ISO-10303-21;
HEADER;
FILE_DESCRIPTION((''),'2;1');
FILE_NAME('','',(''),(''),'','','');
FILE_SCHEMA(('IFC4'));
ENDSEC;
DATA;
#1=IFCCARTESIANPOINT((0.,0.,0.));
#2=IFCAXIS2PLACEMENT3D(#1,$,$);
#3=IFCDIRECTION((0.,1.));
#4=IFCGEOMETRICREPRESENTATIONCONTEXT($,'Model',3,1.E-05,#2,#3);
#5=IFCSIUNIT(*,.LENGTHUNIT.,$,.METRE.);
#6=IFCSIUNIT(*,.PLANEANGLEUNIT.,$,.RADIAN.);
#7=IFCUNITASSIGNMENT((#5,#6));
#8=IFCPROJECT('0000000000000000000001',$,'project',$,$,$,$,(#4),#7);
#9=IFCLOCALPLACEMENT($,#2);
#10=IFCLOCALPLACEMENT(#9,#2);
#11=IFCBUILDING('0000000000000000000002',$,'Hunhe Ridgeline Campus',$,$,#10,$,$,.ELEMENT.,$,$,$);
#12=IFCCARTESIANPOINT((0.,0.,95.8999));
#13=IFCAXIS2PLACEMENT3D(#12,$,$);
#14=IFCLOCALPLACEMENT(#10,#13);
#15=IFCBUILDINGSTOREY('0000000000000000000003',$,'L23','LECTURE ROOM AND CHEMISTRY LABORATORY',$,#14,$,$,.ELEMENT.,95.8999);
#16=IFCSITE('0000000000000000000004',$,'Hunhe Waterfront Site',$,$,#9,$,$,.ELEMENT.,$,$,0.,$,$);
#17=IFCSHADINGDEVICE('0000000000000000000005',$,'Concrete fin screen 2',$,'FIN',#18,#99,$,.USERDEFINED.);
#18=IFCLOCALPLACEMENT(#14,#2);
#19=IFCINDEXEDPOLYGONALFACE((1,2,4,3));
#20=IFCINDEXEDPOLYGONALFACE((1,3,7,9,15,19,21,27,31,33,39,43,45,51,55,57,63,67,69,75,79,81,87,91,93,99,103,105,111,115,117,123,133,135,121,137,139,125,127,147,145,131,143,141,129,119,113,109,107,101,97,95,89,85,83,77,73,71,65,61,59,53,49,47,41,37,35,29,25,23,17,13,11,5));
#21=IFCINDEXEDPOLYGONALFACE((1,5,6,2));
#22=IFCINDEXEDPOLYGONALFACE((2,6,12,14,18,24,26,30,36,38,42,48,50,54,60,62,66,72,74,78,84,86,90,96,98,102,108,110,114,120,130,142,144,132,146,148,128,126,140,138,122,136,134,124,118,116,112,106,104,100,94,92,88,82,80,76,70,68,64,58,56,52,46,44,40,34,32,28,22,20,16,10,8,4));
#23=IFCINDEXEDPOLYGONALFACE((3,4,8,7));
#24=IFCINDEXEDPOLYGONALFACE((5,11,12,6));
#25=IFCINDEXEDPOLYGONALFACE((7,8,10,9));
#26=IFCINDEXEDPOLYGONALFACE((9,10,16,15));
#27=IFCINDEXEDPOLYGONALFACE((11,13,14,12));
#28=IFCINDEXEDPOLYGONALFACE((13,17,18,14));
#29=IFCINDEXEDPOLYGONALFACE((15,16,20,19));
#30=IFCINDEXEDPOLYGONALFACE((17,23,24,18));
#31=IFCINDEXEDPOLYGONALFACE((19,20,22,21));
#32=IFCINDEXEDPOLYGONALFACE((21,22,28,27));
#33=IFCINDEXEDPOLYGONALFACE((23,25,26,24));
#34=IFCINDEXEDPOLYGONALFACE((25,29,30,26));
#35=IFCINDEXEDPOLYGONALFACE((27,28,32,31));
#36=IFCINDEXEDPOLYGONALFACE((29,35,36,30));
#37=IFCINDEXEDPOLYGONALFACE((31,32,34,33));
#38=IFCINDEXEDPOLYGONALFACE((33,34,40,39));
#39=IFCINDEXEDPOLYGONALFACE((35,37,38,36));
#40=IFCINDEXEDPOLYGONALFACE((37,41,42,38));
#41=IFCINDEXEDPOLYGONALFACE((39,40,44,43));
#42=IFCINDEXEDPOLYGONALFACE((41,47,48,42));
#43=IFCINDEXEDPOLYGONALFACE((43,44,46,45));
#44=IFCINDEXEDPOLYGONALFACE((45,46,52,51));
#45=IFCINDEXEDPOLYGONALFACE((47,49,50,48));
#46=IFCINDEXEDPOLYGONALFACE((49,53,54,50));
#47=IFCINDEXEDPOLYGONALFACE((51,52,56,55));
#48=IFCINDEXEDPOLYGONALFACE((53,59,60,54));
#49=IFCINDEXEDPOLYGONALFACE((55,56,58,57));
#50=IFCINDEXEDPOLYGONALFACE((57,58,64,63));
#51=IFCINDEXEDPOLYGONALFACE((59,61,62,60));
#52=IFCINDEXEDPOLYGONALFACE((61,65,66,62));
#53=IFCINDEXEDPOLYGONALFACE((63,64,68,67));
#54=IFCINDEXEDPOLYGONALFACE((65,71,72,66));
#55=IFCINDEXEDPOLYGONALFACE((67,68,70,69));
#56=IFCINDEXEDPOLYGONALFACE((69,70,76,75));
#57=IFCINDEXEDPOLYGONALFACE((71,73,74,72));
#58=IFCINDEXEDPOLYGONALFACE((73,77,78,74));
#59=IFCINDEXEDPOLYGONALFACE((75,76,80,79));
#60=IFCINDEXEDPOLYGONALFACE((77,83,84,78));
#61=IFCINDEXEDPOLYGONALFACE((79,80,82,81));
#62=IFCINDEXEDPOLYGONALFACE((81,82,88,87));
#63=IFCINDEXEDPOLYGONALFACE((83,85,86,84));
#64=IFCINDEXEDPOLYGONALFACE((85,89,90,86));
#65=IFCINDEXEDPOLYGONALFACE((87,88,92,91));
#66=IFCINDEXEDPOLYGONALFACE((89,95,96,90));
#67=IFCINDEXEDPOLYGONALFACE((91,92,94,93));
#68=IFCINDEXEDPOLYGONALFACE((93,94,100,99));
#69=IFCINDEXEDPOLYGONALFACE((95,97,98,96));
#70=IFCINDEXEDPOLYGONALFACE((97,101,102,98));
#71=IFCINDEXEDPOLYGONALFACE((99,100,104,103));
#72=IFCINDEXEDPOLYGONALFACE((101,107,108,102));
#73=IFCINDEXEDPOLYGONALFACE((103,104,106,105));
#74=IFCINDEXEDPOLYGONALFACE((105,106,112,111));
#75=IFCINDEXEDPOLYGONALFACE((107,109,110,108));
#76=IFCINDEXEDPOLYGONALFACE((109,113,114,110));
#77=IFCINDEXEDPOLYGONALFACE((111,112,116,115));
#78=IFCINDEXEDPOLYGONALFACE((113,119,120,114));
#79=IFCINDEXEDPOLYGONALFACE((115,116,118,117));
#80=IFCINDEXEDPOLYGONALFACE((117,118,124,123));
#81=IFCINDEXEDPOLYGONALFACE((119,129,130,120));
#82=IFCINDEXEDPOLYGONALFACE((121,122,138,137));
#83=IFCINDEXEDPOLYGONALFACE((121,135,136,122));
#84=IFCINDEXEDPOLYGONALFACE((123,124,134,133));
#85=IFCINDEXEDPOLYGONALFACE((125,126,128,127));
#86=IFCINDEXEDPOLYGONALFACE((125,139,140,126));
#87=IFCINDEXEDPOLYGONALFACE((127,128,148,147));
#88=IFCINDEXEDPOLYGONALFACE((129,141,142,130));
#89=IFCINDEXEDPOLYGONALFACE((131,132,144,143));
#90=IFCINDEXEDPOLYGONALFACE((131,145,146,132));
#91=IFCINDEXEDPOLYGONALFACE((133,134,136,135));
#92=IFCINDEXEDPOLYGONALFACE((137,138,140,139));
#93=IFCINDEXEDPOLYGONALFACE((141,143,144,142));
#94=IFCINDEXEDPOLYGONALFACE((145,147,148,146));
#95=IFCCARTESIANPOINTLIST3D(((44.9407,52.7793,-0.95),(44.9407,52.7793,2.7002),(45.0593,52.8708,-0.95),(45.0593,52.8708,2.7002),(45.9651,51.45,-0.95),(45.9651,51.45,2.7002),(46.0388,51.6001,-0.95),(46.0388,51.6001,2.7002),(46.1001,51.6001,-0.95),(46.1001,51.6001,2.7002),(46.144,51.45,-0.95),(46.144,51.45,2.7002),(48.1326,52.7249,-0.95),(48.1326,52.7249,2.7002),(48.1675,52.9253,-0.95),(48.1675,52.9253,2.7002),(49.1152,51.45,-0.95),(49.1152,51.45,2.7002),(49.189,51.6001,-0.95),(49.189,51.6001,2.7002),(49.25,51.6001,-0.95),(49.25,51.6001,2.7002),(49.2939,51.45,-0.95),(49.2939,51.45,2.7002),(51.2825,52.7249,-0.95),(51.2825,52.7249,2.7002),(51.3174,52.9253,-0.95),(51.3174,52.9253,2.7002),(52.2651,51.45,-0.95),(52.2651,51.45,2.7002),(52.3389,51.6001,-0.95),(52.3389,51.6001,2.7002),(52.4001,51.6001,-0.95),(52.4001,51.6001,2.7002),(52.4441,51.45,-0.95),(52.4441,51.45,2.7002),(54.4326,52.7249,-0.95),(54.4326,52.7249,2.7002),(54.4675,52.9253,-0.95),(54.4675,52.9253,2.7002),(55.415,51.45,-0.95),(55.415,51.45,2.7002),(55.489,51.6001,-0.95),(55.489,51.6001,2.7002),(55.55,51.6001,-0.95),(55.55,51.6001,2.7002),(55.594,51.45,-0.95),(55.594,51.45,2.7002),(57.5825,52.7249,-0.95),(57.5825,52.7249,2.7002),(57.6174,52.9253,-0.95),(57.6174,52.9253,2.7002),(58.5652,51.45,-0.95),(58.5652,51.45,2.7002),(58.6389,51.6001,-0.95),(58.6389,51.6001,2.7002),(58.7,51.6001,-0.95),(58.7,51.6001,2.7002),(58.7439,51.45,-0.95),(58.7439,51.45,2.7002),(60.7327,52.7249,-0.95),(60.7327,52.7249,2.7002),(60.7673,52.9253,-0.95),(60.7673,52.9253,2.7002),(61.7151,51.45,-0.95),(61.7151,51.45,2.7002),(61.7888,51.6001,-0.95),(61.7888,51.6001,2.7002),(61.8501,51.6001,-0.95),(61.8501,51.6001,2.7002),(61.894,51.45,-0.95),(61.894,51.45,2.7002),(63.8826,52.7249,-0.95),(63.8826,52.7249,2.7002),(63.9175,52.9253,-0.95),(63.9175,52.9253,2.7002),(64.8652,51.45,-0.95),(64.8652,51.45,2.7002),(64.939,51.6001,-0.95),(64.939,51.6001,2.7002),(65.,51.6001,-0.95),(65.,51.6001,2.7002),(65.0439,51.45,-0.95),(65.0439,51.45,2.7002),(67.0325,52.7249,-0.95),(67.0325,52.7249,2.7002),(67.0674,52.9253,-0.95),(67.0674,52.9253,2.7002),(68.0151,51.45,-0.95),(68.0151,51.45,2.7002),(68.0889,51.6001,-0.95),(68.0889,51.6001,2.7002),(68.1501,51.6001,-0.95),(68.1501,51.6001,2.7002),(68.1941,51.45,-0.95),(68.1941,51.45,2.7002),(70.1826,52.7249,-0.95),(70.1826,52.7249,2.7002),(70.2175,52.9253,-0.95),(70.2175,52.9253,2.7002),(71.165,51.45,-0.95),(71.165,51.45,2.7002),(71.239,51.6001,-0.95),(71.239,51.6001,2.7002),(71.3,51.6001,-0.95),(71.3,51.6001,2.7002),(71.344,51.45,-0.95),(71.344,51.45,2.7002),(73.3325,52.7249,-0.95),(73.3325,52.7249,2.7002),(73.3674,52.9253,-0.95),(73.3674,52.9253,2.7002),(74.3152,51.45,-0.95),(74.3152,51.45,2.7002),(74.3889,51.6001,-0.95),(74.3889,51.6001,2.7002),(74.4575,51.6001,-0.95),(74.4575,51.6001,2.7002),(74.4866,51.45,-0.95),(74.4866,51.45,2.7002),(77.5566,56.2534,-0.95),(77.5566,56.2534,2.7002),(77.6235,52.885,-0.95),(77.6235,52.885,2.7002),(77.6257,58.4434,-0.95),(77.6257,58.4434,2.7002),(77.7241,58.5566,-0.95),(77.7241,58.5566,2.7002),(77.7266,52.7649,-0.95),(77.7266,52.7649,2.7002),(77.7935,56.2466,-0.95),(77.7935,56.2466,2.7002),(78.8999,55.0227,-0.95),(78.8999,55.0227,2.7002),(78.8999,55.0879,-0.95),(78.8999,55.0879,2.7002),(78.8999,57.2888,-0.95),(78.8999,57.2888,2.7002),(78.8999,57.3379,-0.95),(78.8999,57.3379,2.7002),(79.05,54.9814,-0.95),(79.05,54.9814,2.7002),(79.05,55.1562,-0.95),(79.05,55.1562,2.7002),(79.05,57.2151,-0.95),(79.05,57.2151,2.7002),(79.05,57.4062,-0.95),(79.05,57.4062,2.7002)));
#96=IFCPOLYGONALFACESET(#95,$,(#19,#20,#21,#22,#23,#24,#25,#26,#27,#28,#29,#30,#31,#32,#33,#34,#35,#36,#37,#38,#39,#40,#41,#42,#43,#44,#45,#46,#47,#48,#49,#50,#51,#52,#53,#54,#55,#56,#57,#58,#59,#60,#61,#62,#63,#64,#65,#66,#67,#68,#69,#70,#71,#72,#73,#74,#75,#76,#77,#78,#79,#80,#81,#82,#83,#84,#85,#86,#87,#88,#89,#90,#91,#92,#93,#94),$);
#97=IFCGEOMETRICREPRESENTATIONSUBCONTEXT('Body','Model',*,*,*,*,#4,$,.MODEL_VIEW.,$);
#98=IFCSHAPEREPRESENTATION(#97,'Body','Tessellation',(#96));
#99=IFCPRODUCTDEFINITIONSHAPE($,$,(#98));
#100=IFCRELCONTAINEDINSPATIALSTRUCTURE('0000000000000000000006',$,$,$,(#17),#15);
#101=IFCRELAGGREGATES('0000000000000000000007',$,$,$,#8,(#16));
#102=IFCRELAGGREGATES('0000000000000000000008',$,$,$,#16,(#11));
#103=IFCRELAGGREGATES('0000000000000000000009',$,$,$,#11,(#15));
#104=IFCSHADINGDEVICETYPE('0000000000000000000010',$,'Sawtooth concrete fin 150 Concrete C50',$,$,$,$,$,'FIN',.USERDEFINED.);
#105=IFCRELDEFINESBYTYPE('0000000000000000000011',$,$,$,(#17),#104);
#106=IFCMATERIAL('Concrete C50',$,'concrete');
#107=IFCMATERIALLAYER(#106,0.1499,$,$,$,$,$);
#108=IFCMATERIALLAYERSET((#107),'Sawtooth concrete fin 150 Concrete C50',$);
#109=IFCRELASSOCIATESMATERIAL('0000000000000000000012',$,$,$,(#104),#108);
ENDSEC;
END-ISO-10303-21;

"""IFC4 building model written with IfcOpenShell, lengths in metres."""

from ifc_helpers import new_model, si_unit, direction, frame, origin, place, context, subcontext, project, spatial, polyline, outline, extrude, material, layer, layer_set, type_object, element, save


model = new_model("IFC4")

# Units and contexts
model_context = context("Model", 3, precision=1e-05, world=origin(), true_north=direction((0.0, 1.0)))
body_context = subcontext(model_context, "Body", "Model", "MODEL_VIEW")
ifc_project = project(units=[si_unit("LENGTHUNIT", "METRE"), si_unit("PLANEANGLEUNIT", "RADIAN")], contexts=[model_context])

# Site, building, storey
site_placement = place(None, origin())
site = spatial("IfcSite", under=ifc_project, at=site_placement, Name="Hunhe Waterfront Site", CompositionType="ELEMENT", RefElevation=0.0)
building_placement = place(site_placement, origin())
building = spatial("IfcBuilding", under=site, at=building_placement, Name="Hunhe Ridgeline Campus", CompositionType="ELEMENT")
storey_placement = place(building_placement, frame((0.0, 0.0, 95.8999)))
storey = spatial("IfcBuildingStorey", under=building, at=storey_placement, Name="L23", Description="LECTURE ROOM AND CHEMISTRY LABORATORY", CompositionType="ELEMENT", Elevation=95.8999)

# Shading device
ifc_material_1 = material(Name="Concrete C50", Category="concrete")
ifc_layer_1 = layer(ifc_material_1, 0.1499)
ifc_layer_set_1 = layer_set([ifc_layer_1], Name="Sawtooth concrete fin 150 Concrete C50")
shading_device_type = type_object("IfcShadingDeviceType", Name="Sawtooth concrete fin 150 Concrete C50", ElementType="FIN", PredefinedType="USERDEFINED", material=ifc_layer_set_1)
shading_device_1_placement = place(storey_placement, frame((0.0, 0.0, -0.95)))
element("IfcShadingDevice", 1, at=shading_device_1_placement, inside=storey, type_object=shading_device_type, Name="Concrete fin screen 2", ObjectType="FIN", PredefinedType="USERDEFINED", context=body_context, shape_type="SweptSolid", body=[
    extrude(outline(polyline([(45.0593, 52.8708), (44.9407, 52.7793), (45.9651, 51.45), (46.144, 51.45), (48.1326, 52.7249), (49.1152, 51.45), (49.2939, 51.45), (51.2825, 52.7249), (52.2651, 51.45), (52.4441, 51.45), (54.4326, 52.7249), (55.415, 51.45), (55.594, 51.45), (57.5825, 52.7249), (58.5652, 51.45), (58.7439, 51.45), (60.7327, 52.7249), (61.7151, 51.45), (61.894, 51.45), (63.8826, 52.7249), (64.8652, 51.45), (65.0439, 51.45), (67.0325, 52.7249), (68.0151, 51.45), (68.1941, 51.45), (70.1826, 52.7249), (71.165, 51.45), (71.344, 51.45), (73.3325, 52.7249), (74.3152, 51.45), (74.4866, 51.45), (77.7266, 52.7649), (79.05, 54.9814), (79.05, 55.1562), (77.7935, 56.2466), (79.05, 57.2151), (79.05, 57.4062), (77.7241, 58.5566), (77.6257, 58.4434), (78.8999, 57.3379), (78.8999, 57.2888), (77.5566, 56.2534), (78.8999, 55.0879), (78.8999, 55.0227), (77.6235, 52.885), (74.4575, 51.6001), (74.3889, 51.6001), (73.3674, 52.9253), (71.3, 51.6001), (71.239, 51.6001), (70.2175, 52.9253), (68.1501, 51.6001), (68.0889, 51.6001), (67.0674, 52.9253), (65.0, 51.6001), (64.939, 51.6001), (63.9175, 52.9253), (61.8501, 51.6001), (61.7888, 51.6001), (60.7673, 52.9253), (58.7, 51.6001), (58.6389, 51.6001), (57.6174, 52.9253), (55.55, 51.6001), (55.489, 51.6001), (54.4675, 52.9253), (52.4001, 51.6001), (52.3389, 51.6001), (51.3174, 52.9253), (49.25, 51.6001), (49.189, 51.6001), (48.1675, 52.9253), (46.1001, 51.6001), (46.0388, 51.6001), (45.0593, 52.8708)])), origin(), (0.0, 0.0, 1.0), 3.6501),
])

save(model, "model.ifc")
